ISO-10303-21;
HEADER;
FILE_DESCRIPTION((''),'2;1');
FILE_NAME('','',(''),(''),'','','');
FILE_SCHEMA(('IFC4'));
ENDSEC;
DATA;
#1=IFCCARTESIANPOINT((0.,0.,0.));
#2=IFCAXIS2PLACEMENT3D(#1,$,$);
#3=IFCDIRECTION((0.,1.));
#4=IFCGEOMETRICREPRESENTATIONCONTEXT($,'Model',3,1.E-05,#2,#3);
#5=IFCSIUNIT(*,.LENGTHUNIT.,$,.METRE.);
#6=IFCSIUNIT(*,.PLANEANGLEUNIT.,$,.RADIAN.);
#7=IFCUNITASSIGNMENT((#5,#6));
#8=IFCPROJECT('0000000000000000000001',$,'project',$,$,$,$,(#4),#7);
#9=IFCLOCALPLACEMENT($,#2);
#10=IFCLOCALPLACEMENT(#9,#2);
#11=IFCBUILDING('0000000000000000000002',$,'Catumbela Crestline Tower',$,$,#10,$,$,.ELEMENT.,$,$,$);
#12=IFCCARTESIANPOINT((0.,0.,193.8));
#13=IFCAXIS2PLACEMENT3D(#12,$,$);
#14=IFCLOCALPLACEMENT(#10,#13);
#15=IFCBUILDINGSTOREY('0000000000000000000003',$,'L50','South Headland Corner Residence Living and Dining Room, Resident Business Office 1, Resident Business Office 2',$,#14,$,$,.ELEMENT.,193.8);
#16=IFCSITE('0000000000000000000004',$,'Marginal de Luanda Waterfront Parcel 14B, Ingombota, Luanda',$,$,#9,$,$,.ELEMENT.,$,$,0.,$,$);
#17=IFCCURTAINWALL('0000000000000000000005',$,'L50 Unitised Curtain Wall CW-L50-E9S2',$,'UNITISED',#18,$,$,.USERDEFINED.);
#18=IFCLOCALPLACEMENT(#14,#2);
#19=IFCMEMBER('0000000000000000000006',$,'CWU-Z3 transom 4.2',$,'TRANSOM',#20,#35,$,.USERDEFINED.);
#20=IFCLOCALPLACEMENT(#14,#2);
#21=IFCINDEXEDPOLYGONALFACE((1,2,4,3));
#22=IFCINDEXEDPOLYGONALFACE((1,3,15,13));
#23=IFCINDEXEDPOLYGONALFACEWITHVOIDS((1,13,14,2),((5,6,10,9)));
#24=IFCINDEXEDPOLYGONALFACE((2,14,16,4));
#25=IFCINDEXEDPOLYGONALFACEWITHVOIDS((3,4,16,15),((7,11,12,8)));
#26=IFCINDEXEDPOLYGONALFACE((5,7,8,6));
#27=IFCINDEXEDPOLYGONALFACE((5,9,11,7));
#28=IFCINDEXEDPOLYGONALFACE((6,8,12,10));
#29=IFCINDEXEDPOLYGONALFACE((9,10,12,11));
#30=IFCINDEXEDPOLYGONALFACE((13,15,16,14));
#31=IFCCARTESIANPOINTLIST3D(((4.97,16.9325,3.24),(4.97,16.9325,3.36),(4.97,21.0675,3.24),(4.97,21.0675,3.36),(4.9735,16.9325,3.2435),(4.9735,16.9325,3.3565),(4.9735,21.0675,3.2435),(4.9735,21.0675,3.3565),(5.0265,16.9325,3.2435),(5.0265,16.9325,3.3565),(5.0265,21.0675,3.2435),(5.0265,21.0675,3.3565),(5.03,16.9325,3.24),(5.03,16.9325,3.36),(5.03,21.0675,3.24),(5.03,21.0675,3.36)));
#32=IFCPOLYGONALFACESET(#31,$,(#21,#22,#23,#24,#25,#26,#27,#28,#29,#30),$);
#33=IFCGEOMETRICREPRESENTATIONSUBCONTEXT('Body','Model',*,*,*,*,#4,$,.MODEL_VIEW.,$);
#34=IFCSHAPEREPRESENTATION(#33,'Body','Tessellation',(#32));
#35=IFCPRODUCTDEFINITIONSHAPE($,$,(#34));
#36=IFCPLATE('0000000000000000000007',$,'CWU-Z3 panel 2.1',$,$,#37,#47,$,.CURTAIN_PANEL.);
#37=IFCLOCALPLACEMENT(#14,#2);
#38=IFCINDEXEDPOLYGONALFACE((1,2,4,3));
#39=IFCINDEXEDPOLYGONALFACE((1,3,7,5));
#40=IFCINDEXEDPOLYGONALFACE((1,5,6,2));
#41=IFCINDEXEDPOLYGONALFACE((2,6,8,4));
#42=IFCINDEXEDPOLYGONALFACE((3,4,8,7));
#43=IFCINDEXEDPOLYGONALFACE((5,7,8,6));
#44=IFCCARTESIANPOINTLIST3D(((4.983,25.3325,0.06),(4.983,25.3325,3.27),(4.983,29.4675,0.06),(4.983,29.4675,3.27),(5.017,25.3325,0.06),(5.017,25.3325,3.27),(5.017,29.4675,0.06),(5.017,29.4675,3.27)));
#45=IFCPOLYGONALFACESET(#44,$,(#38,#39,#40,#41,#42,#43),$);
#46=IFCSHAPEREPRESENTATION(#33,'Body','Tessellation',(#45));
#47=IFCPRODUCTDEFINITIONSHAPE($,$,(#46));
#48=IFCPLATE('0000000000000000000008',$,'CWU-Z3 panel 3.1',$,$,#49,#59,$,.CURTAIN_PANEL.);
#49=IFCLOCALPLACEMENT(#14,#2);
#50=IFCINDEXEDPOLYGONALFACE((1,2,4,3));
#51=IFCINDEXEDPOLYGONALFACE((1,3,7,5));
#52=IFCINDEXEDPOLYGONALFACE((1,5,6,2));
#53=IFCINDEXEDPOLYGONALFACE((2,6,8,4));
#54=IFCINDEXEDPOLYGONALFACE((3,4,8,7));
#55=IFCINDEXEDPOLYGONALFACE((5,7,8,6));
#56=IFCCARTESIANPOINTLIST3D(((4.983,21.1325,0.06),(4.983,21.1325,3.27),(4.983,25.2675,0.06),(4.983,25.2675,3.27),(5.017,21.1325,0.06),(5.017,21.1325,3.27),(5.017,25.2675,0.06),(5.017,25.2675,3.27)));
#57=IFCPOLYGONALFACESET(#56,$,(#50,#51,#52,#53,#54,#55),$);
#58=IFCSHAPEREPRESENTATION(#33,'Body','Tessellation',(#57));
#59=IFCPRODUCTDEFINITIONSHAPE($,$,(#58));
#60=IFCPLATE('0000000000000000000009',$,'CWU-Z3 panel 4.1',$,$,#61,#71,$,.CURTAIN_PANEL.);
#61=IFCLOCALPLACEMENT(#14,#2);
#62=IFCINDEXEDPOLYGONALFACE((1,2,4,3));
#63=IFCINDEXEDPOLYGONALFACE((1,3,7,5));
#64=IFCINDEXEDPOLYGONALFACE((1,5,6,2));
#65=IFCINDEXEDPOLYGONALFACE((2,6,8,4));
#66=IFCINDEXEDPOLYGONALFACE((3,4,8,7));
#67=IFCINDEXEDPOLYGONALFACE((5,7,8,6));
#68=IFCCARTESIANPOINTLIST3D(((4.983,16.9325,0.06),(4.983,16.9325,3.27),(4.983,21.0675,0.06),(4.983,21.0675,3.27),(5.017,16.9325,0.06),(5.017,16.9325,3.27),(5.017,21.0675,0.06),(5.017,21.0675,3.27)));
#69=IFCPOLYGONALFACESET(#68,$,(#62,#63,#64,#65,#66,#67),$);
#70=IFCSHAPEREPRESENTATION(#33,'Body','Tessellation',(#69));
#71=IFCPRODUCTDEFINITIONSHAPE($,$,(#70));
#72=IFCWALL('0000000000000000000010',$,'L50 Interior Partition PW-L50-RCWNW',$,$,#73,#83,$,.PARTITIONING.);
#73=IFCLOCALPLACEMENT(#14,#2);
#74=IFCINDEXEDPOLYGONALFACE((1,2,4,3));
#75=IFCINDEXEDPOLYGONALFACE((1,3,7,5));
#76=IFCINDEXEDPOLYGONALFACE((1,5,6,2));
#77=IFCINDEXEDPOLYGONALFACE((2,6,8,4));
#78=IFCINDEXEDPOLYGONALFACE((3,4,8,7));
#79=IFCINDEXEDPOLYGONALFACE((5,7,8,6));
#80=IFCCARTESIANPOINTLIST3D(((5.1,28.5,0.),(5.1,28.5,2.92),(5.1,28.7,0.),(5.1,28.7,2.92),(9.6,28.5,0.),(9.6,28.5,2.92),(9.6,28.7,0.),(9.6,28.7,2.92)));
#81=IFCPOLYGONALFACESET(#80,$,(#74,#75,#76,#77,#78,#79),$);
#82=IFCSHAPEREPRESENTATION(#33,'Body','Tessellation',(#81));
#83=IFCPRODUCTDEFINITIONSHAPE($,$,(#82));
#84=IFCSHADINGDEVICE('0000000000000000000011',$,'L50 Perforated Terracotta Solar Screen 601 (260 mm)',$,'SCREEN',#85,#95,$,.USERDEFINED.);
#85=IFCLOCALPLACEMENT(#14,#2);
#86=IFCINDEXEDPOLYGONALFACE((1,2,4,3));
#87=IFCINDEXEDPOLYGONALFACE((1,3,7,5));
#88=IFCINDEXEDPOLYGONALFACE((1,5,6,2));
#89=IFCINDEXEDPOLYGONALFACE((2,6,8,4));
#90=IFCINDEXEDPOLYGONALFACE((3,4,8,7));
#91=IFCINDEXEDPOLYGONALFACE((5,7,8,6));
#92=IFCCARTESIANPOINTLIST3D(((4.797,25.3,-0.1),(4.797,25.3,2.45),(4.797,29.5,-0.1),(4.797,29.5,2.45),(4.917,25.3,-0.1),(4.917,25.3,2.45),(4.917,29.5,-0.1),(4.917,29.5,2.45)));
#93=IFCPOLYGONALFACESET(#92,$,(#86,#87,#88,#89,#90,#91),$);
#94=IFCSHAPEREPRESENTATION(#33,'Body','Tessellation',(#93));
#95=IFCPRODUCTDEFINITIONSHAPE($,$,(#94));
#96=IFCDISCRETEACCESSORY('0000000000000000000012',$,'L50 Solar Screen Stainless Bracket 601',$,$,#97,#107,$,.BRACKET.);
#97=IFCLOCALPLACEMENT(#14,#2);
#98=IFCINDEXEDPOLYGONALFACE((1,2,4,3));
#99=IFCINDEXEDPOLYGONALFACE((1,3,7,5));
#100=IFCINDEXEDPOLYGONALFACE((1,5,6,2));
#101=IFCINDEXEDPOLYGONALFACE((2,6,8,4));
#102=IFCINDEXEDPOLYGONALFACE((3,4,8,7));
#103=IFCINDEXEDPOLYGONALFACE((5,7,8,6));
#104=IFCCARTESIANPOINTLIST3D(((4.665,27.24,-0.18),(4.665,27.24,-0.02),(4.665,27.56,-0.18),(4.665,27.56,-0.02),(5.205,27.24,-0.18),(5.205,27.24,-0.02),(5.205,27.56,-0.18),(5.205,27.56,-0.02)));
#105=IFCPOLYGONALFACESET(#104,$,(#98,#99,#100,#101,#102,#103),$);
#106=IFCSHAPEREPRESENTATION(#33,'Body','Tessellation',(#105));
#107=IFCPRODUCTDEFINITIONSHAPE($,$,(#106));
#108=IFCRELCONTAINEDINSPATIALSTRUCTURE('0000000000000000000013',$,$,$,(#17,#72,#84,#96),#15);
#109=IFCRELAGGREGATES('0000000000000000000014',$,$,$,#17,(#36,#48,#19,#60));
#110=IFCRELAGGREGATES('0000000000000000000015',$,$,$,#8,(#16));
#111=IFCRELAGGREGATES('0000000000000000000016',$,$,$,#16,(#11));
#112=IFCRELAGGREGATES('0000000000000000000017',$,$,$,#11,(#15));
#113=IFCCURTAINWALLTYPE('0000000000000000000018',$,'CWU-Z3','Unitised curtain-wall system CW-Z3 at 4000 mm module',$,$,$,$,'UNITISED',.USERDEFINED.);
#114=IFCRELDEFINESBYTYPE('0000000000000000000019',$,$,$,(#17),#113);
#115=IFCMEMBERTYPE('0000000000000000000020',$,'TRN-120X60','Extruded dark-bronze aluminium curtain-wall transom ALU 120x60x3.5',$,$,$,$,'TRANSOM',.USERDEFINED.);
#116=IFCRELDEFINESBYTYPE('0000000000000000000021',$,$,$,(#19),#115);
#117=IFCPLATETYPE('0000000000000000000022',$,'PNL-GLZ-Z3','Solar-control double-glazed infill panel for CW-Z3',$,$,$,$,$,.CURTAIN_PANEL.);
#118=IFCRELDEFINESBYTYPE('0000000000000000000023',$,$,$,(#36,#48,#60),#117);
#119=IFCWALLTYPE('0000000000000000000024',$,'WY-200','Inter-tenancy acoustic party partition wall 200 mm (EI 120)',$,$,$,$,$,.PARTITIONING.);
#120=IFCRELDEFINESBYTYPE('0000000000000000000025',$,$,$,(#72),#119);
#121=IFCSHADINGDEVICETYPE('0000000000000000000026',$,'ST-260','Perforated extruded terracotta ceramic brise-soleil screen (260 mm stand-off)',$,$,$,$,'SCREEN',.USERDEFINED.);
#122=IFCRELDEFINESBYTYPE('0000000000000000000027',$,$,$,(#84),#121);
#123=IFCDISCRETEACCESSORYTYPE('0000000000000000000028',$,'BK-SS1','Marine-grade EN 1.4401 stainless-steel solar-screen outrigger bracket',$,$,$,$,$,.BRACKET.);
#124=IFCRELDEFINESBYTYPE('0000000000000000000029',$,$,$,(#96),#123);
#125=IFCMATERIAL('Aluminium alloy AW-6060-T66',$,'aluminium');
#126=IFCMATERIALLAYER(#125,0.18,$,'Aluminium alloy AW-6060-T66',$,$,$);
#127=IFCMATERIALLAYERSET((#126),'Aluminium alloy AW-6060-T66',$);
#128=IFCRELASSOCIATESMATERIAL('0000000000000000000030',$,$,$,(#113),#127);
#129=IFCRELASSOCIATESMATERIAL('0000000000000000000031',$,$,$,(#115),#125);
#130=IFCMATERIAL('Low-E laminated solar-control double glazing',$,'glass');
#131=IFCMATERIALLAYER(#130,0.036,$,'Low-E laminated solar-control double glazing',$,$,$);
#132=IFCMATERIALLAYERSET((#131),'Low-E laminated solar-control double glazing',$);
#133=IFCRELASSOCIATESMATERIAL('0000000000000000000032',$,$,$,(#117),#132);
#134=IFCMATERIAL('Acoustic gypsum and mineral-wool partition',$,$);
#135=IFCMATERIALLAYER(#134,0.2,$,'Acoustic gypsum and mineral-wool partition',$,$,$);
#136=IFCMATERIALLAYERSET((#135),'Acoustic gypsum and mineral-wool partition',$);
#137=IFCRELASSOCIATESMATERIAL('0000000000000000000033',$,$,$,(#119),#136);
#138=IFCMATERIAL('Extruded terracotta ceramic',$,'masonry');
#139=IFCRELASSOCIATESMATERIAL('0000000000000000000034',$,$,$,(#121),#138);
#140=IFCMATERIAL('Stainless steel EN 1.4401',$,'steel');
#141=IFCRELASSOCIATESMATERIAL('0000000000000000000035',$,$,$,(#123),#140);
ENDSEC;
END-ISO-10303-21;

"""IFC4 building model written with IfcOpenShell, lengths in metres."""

from ifc_helpers import new_model, si_unit, direction, frame, frame_2d, origin, origin_2d, place, context, subcontext, project, spatial, rectangle, hollow_rectangle, extrude, material, layer, layer_set, material_profile, profile_set, type_object, element, aggregate, save


model = new_model("IFC4")

# Units and contexts
model_context = context("Model", 3, precision=1e-05, world=origin(), true_north=direction((0.0, 1.0)))
body_context = subcontext(model_context, "Body", "Model", "MODEL_VIEW")
ifc_project = project(units=[si_unit("LENGTHUNIT", "METRE"), si_unit("PLANEANGLEUNIT", "RADIAN")], contexts=[model_context])

# Site, building, storey
site_placement = place(None, origin())
site = spatial("IfcSite", under=ifc_project, at=site_placement, Name="Marginal de Luanda Waterfront Parcel 14B, Ingombota, Luanda", CompositionType="ELEMENT", RefElevation=0.0)
building_placement = place(site_placement, origin())
building = spatial("IfcBuilding", under=site, at=building_placement, Name="Catumbela Crestline Tower", CompositionType="ELEMENT")
storey_placement = place(building_placement, frame((0.0, 0.0, 193.8)))
storey = spatial("IfcBuildingStorey", under=building, at=storey_placement, Name="L50", Description="South Headland Corner Residence Living and Dining Room, Resident Business Office 1, Resident Business Office 2", CompositionType="ELEMENT", Elevation=193.8)

# Curtain wall
ifc_material_1 = material(Name="Aluminium alloy AW-6060-T66", Category="aluminium")
ifc_layer_1 = layer(ifc_material_1, 0.18, Name="Aluminium alloy AW-6060-T66")
ifc_layer_set_1 = layer_set([ifc_layer_1], Name="Aluminium alloy AW-6060-T66")
curtain_wall_type = type_object("IfcCurtainWallType", Name="CWU-Z3", Description="Unitised curtain-wall system CW-Z3 at 4000 mm module", ElementType="UNITISED", PredefinedType="USERDEFINED", material=ifc_layer_set_1)
curtain_wall_placement = place(storey_placement, origin())
curtain_wall = element("IfcCurtainWall", 1, at=curtain_wall_placement, inside=storey, type_object=curtain_wall_type, Name="L50 Unitised Curtain Wall CW-L50-E9S2", ObjectType="UNITISED", PredefinedType="USERDEFINED")

# Member
ifc_material_profile_1 = material_profile(ifc_material_1, hollow_rectangle(XDim=0.06, YDim=0.12, WallThickness=0.0035, at=origin_2d()), Name="ALU 120x60x3.5")
ifc_profile_set_1 = profile_set([ifc_material_profile_1], Name="Aluminium alloy AW-6060-T66")
member_type_1 = type_object("IfcMemberType", Name="TRN-120X60", Description="Extruded dark-bronze aluminium curtain-wall transom ALU 120x60x3.5", ElementType="TRANSOM", PredefinedType="USERDEFINED", material=ifc_profile_set_1)
member_1_placement = place(storey_placement, frame((5.0, 21.0675, 3.3), z_axis=(0.0, -1.0, 0.0), x_axis=(1.0, 0.0, 0.0)))
member_1 = element("IfcMember", 2, at=member_1_placement, type_object=member_type_1, Name="CWU-Z3 transom 4.2", ObjectType="TRANSOM", PredefinedType="USERDEFINED", context=body_context, shape_type="SweptSolid", body=[
    extrude(hollow_rectangle(XDim=0.06, YDim=0.12, WallThickness=0.0035, at=origin_2d()), origin(), (0.0, 0.0, 1.0), 4.135),
])

# Plates
ifc_material_2 = material(Name="Low-E laminated solar-control double glazing", Category="glass")
ifc_layer_2 = layer(ifc_material_2, 0.036, Name="Low-E laminated solar-control double glazing")
ifc_layer_set_2 = layer_set([ifc_layer_2], Name="Low-E laminated solar-control double glazing")
plate_type = type_object("IfcPlateType", Name="PNL-GLZ-Z3", Description="Solar-control double-glazed infill panel for CW-Z3", PredefinedType="CURTAIN_PANEL", material=ifc_layer_set_2)
plate_1_placement = place(storey_placement, frame((5.0, 27.4, 0.06), z_axis=(0.0, 0.0, 1.0), x_axis=(0.0, -1.0, 0.0)))
plate_1 = element("IfcPlate", 3, at=plate_1_placement, type_object=plate_type, Name="CWU-Z3 panel 2.1", PredefinedType="CURTAIN_PANEL", context=body_context, shape_type="SweptSolid", body=[
    extrude(rectangle(XDim=4.135, YDim=0.034, at=origin_2d()), origin(), (0.0, 0.0, 1.0), 3.21),
])
plate_2_placement = place(storey_placement, frame((5.0, 23.2, 0.06), z_axis=(0.0, 0.0, 1.0), x_axis=(0.0, -1.0, 0.0)))
plate_2 = element("IfcPlate", 4, at=plate_2_placement, type_object=plate_type, Name="CWU-Z3 panel 3.1", PredefinedType="CURTAIN_PANEL", context=body_context, shape_type="SweptSolid", body=[
    extrude(rectangle(XDim=4.135, YDim=0.034, at=origin_2d()), origin(), (0.0, 0.0, 1.0), 3.21),
])
plate_3_placement = place(storey_placement, frame((5.0, 19.0, 0.06), z_axis=(0.0, 0.0, 1.0), x_axis=(0.0, -1.0, 0.0)))
plate_3 = element("IfcPlate", 5, at=plate_3_placement, type_object=plate_type, Name="CWU-Z3 panel 4.1", PredefinedType="CURTAIN_PANEL", context=body_context, shape_type="SweptSolid", body=[
    extrude(rectangle(XDim=4.135, YDim=0.034, at=origin_2d()), origin(), (0.0, 0.0, 1.0), 3.21),
])
aggregate(curtain_wall, [plate_1, plate_2, member_1, plate_3])

# Wall
ifc_material_3 = material(Name="Acoustic gypsum and mineral-wool partition")
ifc_layer_3 = layer(ifc_material_3, 0.2, Name="Acoustic gypsum and mineral-wool partition")
ifc_layer_set_3 = layer_set([ifc_layer_3], Name="Acoustic gypsum and mineral-wool partition")
wall_type = type_object("IfcWallType", Name="WY-200", Description="Inter-tenancy acoustic party partition wall 200 mm (EI 120)", PredefinedType="PARTITIONING", material=ifc_layer_set_3)
wall_placement = place(storey_placement, frame((5.1, 28.6, 0.0), z_axis=(0.0, 0.0, 1.0), x_axis=(1.0, 0.0, 0.0)))
element("IfcWall", 6, at=wall_placement, inside=storey, type_object=wall_type, Name="L50 Interior Partition PW-L50-RCWNW", PredefinedType="PARTITIONING", context=body_context, shape_type="SweptSolid", body=[
    extrude(rectangle(XDim=4.5, YDim=0.2, at=frame_2d((2.25, 0.0))), origin(), (0.0, 0.0, 1.0), 2.92),
])

# Shading device
ifc_material_4 = material(Name="Extruded terracotta ceramic", Category="masonry")
shading_device_type = type_object("IfcShadingDeviceType", Name="ST-260", Description="Perforated extruded terracotta ceramic brise-soleil screen (260 mm stand-off)", ElementType="SCREEN", PredefinedType="USERDEFINED", material=ifc_material_4)
shading_device_placement = place(storey_placement, frame((4.857, 27.4, -0.1), z_axis=(0.0, 0.0, 1.0), x_axis=(0.0, -1.0, 0.0)))
element("IfcShadingDevice", 7, at=shading_device_placement, inside=storey, type_object=shading_device_type, Name="L50 Perforated Terracotta Solar Screen 601 (260 mm)", ObjectType="SCREEN", PredefinedType="USERDEFINED", context=body_context, shape_type="SweptSolid", body=[
    extrude(rectangle(XDim=4.2, YDim=0.12, at=origin_2d()), origin(), (0.0, 0.0, 1.0), 2.55),
])

# Discrete accessory
ifc_material_5 = material(Name="Stainless steel EN 1.4401", Category="steel")
discrete_accessory_type = type_object("IfcDiscreteAccessoryType", Name="BK-SS1", Description="Marine-grade EN 1.4401 stainless-steel solar-screen outrigger bracket", PredefinedType="BRACKET", material=ifc_material_5)
discrete_accessory_placement = place(storey_placement, frame((4.935, 27.4, -0.18), z_axis=(0.0, 0.0, 1.0), x_axis=(0.0, -1.0, 0.0)))
element("IfcDiscreteAccessory", 8, at=discrete_accessory_placement, inside=storey, type_object=discrete_accessory_type, Name="L50 Solar Screen Stainless Bracket 601", PredefinedType="BRACKET", context=body_context, shape_type="SweptSolid", body=[
    extrude(rectangle(XDim=0.32, YDim=0.54, at=origin_2d()), origin(), (0.0, 0.0, 1.0), 0.16),
])

save(model, "model.ifc")
